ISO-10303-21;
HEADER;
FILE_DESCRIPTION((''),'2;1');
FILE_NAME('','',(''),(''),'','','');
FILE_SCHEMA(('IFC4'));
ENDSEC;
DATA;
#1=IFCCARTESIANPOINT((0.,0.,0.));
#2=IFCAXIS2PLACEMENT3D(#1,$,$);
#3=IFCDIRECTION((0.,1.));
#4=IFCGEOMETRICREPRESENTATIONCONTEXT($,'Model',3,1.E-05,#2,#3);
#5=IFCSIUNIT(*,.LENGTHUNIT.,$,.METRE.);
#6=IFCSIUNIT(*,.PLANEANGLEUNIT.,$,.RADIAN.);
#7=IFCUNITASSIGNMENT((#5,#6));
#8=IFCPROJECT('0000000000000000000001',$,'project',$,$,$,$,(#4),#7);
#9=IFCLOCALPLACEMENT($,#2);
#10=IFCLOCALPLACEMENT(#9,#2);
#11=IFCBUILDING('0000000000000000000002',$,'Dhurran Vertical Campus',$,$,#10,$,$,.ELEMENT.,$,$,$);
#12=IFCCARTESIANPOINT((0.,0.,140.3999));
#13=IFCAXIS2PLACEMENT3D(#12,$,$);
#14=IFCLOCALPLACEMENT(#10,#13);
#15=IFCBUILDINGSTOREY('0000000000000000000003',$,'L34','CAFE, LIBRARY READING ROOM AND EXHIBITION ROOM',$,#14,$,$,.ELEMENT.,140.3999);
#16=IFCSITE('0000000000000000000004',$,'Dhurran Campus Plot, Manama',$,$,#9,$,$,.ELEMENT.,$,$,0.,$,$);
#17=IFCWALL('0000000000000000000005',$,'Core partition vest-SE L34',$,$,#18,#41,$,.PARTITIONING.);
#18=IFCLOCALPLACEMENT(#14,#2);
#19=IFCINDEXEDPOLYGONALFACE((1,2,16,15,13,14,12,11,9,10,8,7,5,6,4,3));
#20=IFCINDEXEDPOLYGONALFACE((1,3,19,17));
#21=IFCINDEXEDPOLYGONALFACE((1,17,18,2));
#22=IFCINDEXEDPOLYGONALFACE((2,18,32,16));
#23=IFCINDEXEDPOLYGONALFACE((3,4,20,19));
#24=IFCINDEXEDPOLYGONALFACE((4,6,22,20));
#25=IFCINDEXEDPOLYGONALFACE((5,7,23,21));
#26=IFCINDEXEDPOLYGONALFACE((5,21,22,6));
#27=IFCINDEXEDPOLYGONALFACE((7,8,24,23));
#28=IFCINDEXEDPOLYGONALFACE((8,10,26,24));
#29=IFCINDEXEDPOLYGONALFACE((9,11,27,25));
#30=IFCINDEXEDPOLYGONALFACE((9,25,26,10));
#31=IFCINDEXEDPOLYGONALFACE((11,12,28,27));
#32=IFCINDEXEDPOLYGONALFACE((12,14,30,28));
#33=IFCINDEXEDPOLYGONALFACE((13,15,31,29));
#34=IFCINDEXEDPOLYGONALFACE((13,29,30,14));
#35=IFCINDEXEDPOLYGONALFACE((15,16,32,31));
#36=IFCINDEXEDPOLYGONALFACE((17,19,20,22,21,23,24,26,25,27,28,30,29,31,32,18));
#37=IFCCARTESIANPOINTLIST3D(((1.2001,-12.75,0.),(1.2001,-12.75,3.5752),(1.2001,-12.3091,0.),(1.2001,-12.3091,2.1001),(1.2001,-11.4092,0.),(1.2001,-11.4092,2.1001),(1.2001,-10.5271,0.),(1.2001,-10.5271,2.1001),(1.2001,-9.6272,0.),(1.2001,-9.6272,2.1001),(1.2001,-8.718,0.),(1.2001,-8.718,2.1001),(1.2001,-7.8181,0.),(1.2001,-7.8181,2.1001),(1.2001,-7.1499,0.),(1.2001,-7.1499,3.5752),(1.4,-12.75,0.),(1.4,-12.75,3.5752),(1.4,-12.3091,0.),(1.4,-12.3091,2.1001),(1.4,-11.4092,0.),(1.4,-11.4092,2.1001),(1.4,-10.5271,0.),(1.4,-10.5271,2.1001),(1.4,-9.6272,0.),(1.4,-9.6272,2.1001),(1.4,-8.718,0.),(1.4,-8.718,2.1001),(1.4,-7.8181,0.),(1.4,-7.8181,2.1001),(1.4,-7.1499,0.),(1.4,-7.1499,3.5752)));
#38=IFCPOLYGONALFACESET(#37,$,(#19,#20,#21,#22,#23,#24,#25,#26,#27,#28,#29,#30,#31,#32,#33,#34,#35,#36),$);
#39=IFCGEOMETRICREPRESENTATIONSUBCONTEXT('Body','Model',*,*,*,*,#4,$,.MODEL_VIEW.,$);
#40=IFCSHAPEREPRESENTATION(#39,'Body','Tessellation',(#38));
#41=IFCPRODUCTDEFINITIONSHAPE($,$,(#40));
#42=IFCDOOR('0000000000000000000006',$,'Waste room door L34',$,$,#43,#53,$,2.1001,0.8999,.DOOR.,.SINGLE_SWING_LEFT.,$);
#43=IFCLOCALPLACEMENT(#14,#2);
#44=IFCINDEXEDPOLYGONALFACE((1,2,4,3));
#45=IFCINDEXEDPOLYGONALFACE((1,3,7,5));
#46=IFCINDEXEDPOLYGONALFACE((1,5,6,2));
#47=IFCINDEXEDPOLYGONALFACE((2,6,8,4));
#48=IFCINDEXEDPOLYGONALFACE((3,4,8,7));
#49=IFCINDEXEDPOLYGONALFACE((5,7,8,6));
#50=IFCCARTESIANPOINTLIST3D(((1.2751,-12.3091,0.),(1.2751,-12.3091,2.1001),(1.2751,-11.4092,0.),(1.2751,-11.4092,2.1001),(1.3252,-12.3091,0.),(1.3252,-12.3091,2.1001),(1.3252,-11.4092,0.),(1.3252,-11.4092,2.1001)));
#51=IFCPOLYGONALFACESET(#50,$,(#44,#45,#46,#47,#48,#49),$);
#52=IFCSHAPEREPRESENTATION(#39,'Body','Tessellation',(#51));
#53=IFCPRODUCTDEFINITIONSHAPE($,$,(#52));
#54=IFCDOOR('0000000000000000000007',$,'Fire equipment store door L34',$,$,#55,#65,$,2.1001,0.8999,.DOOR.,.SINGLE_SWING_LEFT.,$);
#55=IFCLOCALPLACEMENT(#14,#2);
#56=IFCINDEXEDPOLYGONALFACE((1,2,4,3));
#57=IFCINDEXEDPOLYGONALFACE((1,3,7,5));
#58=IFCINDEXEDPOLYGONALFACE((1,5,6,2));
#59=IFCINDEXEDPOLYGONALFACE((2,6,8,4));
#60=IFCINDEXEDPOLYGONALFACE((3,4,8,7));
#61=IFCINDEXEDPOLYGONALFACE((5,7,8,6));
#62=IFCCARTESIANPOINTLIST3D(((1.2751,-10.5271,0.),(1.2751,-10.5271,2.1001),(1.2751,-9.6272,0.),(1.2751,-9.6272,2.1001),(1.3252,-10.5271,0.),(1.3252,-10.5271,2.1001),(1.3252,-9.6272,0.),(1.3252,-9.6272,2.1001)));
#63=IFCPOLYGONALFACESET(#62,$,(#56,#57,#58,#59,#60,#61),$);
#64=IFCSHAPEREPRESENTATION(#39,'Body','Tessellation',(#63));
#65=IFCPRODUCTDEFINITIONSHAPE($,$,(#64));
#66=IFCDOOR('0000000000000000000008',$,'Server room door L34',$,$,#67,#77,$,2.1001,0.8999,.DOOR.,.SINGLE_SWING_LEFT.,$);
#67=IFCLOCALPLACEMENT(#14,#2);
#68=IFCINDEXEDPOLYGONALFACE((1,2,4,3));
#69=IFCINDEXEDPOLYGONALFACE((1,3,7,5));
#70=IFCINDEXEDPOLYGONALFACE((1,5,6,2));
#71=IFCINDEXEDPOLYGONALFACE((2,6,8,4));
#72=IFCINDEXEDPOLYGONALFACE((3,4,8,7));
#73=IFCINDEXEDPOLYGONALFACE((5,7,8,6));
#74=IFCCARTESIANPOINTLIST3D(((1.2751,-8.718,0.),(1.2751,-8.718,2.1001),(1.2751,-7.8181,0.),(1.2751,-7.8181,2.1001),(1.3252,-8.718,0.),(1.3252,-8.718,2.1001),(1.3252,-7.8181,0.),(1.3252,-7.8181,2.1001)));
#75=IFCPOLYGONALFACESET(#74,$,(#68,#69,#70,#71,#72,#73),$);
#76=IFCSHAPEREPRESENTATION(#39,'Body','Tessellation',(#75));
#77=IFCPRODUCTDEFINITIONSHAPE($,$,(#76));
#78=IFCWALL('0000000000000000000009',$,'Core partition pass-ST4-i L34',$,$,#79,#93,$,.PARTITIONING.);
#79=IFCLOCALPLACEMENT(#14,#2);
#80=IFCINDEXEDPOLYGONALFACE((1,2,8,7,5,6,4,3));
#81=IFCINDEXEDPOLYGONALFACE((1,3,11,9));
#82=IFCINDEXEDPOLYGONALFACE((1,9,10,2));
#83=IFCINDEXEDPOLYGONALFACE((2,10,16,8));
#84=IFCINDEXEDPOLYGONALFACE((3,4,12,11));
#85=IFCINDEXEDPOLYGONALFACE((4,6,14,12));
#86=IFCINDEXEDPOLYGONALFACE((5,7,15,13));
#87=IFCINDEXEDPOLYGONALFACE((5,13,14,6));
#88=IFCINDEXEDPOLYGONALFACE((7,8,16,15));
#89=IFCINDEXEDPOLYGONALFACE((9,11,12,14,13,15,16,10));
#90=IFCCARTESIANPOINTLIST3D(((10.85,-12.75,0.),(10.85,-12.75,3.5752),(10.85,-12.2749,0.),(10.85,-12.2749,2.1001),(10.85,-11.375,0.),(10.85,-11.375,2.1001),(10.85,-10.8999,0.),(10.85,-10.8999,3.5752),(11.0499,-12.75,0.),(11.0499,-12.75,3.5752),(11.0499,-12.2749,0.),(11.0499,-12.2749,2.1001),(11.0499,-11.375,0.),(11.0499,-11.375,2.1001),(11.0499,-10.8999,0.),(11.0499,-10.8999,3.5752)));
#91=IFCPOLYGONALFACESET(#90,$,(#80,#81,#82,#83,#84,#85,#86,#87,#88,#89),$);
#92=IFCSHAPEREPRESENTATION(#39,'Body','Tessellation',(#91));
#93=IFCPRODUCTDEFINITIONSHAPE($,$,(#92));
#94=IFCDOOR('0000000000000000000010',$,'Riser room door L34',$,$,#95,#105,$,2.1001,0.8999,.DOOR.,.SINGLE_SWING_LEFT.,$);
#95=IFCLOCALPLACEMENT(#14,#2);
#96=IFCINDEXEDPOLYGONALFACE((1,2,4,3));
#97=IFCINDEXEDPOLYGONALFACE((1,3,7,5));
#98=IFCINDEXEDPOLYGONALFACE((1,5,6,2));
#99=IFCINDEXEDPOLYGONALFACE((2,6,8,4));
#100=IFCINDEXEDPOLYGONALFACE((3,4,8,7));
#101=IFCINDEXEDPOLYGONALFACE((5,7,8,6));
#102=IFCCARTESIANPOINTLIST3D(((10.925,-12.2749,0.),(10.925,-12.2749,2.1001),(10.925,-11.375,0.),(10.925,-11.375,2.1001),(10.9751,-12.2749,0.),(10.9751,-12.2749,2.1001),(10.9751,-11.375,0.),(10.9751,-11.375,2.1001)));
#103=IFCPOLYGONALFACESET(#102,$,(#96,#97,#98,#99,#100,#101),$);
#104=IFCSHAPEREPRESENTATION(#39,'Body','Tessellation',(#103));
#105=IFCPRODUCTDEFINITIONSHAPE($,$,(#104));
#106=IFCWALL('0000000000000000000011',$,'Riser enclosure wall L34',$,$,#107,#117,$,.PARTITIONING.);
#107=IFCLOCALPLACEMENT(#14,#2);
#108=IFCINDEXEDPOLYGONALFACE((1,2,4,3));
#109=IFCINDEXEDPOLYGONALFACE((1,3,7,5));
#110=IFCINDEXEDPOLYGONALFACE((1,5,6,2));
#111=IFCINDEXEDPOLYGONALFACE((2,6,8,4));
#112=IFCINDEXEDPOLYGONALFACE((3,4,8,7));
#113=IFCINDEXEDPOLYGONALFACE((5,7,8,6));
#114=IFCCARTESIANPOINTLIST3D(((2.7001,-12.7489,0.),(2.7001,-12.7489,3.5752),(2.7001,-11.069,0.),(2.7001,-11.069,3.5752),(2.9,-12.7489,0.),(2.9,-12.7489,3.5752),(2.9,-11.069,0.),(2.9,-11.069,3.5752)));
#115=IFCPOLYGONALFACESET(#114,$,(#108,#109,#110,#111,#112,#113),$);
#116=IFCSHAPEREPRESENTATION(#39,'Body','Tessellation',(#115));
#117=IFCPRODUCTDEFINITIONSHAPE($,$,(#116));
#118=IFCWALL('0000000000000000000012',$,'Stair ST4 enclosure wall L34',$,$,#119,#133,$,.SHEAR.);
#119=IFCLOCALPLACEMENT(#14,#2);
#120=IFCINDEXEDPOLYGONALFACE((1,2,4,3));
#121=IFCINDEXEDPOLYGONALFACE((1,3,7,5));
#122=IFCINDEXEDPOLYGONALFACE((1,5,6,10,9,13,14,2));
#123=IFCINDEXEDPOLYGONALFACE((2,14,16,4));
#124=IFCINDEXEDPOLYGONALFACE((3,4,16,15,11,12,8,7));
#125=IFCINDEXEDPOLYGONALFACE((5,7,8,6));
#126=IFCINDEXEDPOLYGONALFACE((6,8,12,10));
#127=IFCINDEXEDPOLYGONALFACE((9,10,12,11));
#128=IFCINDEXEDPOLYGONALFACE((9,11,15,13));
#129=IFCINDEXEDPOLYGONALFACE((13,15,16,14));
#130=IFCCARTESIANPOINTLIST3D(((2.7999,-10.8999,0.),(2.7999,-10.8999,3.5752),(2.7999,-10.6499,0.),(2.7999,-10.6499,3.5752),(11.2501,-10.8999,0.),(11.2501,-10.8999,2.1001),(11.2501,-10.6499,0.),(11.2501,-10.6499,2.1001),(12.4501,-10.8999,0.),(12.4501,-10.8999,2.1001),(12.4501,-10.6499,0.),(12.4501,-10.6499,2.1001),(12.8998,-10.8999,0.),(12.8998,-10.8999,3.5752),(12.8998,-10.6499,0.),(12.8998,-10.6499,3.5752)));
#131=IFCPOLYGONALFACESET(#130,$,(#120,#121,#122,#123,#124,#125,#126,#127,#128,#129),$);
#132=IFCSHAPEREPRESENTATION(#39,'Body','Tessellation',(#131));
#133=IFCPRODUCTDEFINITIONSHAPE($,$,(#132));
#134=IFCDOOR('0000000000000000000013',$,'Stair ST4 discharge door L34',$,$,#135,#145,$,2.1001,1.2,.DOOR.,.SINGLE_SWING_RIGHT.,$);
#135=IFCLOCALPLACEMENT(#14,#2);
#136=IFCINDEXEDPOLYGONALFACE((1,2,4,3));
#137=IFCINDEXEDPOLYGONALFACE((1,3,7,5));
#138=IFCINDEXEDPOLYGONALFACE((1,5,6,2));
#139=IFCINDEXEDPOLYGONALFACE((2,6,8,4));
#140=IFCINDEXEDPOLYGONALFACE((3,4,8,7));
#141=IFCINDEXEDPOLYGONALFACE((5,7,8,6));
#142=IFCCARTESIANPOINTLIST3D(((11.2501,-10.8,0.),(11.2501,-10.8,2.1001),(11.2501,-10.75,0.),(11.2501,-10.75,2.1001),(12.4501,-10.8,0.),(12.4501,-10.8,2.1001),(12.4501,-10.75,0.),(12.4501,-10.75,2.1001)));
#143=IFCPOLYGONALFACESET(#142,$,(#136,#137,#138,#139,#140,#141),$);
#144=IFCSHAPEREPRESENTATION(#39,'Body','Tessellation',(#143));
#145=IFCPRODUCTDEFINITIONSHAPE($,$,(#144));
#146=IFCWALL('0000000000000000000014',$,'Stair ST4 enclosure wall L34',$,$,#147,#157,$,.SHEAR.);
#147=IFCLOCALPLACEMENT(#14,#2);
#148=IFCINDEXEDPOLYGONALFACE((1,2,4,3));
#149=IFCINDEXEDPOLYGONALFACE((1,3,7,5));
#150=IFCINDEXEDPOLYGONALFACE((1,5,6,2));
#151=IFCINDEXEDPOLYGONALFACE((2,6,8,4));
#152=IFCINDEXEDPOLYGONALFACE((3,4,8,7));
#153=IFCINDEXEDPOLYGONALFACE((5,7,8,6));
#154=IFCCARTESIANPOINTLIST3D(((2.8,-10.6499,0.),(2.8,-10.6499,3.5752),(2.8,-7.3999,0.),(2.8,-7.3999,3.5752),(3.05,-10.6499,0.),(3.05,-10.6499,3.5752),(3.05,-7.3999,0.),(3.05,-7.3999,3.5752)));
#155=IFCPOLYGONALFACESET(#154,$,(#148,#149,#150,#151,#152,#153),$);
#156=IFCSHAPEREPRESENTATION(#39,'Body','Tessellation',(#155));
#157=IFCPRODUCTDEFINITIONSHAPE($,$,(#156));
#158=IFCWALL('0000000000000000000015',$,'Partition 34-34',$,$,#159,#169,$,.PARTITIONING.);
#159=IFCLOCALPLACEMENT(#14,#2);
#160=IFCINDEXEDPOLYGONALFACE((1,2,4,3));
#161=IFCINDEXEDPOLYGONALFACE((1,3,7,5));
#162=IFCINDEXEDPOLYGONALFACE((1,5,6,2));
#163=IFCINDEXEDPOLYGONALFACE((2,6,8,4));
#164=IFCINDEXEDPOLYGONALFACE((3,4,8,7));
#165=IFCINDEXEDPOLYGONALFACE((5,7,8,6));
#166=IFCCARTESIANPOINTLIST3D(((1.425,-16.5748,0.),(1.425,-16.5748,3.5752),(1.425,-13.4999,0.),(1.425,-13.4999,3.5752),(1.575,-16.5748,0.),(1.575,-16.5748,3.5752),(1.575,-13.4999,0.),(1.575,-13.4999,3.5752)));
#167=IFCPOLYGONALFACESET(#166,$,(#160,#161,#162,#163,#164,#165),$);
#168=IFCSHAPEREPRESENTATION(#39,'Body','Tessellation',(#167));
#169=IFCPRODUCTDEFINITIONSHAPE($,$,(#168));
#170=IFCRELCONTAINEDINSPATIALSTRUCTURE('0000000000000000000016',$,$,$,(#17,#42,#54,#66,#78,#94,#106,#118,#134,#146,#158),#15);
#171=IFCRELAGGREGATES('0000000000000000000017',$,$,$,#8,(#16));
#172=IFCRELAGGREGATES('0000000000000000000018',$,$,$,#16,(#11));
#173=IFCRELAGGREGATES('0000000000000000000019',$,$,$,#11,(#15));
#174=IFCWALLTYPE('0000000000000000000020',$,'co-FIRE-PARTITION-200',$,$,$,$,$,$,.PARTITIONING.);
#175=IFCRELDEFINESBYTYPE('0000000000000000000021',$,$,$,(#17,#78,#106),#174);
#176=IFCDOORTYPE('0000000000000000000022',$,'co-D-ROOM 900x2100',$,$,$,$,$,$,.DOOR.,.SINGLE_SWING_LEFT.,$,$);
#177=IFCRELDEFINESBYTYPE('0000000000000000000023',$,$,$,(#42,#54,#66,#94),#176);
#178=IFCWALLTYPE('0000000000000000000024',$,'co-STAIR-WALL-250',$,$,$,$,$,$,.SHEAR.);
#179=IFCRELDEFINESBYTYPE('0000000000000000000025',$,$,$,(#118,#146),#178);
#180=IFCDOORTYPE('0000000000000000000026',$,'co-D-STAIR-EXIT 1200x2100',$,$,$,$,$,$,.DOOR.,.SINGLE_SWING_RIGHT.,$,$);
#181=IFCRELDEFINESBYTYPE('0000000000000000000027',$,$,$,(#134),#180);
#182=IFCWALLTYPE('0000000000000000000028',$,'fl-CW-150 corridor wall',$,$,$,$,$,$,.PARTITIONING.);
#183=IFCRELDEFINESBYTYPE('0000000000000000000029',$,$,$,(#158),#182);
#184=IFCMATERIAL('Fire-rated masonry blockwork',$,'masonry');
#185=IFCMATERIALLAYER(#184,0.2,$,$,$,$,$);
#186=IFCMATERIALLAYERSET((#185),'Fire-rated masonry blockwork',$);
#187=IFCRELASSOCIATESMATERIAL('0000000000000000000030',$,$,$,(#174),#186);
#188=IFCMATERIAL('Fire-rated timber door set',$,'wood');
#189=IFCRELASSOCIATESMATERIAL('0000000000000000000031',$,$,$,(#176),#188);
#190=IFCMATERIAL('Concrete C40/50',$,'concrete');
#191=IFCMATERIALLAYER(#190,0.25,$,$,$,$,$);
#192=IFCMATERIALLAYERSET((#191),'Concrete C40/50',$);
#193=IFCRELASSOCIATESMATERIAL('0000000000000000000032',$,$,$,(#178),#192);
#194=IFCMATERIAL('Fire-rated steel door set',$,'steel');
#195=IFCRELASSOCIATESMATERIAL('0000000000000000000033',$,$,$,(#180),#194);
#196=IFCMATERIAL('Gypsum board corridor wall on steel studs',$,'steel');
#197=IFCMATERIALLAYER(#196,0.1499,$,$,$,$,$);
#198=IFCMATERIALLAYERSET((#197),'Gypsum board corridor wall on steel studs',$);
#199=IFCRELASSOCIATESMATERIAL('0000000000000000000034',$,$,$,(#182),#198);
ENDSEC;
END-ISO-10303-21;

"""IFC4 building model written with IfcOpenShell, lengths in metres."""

from ifc_helpers import new_model, si_unit, direction, frame, frame_2d, origin, place, context, subcontext, project, spatial, rectangle, extrude, material, layer, layer_set, type_object, element, fill, save


model = new_model("IFC4")

# Units and contexts
model_context = context("Model", 3, precision=1e-05, world=origin(), true_north=direction((0.0, 1.0)))
body_context = subcontext(model_context, "Body", "Model", "MODEL_VIEW")
ifc_project = project(units=[si_unit("LENGTHUNIT", "METRE"), si_unit("PLANEANGLEUNIT", "RADIAN")], contexts=[model_context])

# Site, building, storey
site_placement = place(None, origin())
site = spatial("IfcSite", under=ifc_project, at=site_placement, Name="Dhurran Campus Plot, Manama", CompositionType="ELEMENT", RefElevation=0.0)
building_placement = place(site_placement, origin())
building = spatial("IfcBuilding", under=site, at=building_placement, Name="Dhurran Vertical Campus", CompositionType="ELEMENT")
storey_placement = place(building_placement, frame((0.0, 0.0, 140.3999)))
storey = spatial("IfcBuildingStorey", under=building, at=storey_placement, Name="L34", Description="CAFE, LIBRARY READING ROOM AND EXHIBITION ROOM", CompositionType="ELEMENT", Elevation=140.3999)

# Shared definitions
ifc_material_1 = material(Name="Fire-rated masonry blockwork", Category="masonry")
ifc_layer_1 = layer(ifc_material_1, 0.2)
ifc_layer_set_1 = layer_set([ifc_layer_1], Name="Fire-rated masonry blockwork")
wall_type_1 = type_object("IfcWallType", Name="co-FIRE-PARTITION-200", PredefinedType="PARTITIONING", material=ifc_layer_set_1)

# Wall, openings, doors
wall_1_placement = place(storey_placement, frame((1.3, -12.75, 0.0), z_axis=(0.0, 0.0, 1.0), x_axis=(0.0, 1.0, 0.0)))
wall_1 = element("IfcWall", 1, at=wall_1_placement, inside=storey, type_object=wall_type_1, Name="Core partition vest-SE L34", PredefinedType="PARTITIONING", context=body_context, shape_type="SweptSolid", body=[
    extrude(rectangle(XDim=5.6001, YDim=0.2, at=frame_2d((2.8, 0.0))), origin(), (0.0, 0.0, 1.0), 3.5752),
])
opening_1_placement = place(wall_1_placement, frame((0.4409, 0.0, 0.0)))
opening_1 = element("IfcOpeningElement", 2, at=opening_1_placement, cuts=wall_1, PredefinedType="OPENING", context=body_context, shape_type="SweptSolid", body=[
    extrude(rectangle(XDim=0.8999, YDim=2.1001, at=frame_2d((0.45, 1.05))), frame((0.0, 0.1099, 0.0), z_axis=(0.0, -1.0, 0.0), x_axis=(1.0, 0.0, 0.0)), (0.0, 0.0, 1.0), 0.22),
])
opening_2_placement = place(wall_1_placement, frame((2.2229, 0.0, 0.0)))
opening_2 = element("IfcOpeningElement", 3, at=opening_2_placement, cuts=wall_1, PredefinedType="OPENING", context=body_context, shape_type="SweptSolid", body=[
    extrude(rectangle(XDim=0.8999, YDim=2.1001, at=frame_2d((0.45, 1.05))), frame((0.0, 0.1099, 0.0), z_axis=(0.0, -1.0, 0.0), x_axis=(1.0, 0.0, 0.0)), (0.0, 0.0, 1.0), 0.22),
])
opening_3_placement = place(wall_1_placement, frame((4.032, 0.0, 0.0)))
opening_3 = element("IfcOpeningElement", 4, at=opening_3_placement, cuts=wall_1, PredefinedType="OPENING", context=body_context, shape_type="SweptSolid", body=[
    extrude(rectangle(XDim=0.8999, YDim=2.1001, at=frame_2d((0.45, 1.05))), frame((0.0, 0.1099, 0.0), z_axis=(0.0, -1.0, 0.0), x_axis=(1.0, 0.0, 0.0)), (0.0, 0.0, 1.0), 0.22),
])
ifc_material_2 = material(Name="Fire-rated timber door set", Category="wood")
door_type_1 = type_object("IfcDoorType", Name="co-D-ROOM 900x2100", OperationType="SINGLE_SWING_LEFT", PredefinedType="DOOR", material=ifc_material_2)
door_1_placement = place(opening_1_placement, origin())
door_1 = element("IfcDoor", 5, at=door_1_placement, inside=storey, type_object=door_type_1, Name="Waste room door L34", OperationType="SINGLE_SWING_LEFT", OverallHeight=2.1001, OverallWidth=0.8999, PredefinedType="DOOR", context=body_context, shape_type="SweptSolid", body=[
    extrude(rectangle(XDim=0.8999, YDim=2.1001, at=frame_2d((0.45, 1.05))), frame((0.0, 0.0249, 0.0), z_axis=(0.0, -1.0, 0.0), x_axis=(1.0, 0.0, 0.0)), (0.0, 0.0, 1.0), 0.05),
])
fill(opening_1, door_1)
door_2_placement = place(opening_2_placement, origin())
door_2 = element("IfcDoor", 6, at=door_2_placement, inside=storey, type_object=door_type_1, Name="Fire equipment store door L34", OperationType="SINGLE_SWING_LEFT", OverallHeight=2.1001, OverallWidth=0.8999, PredefinedType="DOOR", context=body_context, shape_type="SweptSolid", body=[
    extrude(rectangle(XDim=0.8999, YDim=2.1001, at=frame_2d((0.45, 1.05))), frame((0.0, 0.0249, 0.0), z_axis=(0.0, -1.0, 0.0), x_axis=(1.0, 0.0, 0.0)), (0.0, 0.0, 1.0), 0.05),
])
fill(opening_2, door_2)
door_3_placement = place(opening_3_placement, origin())
door_3 = element("IfcDoor", 7, at=door_3_placement, inside=storey, type_object=door_type_1, Name="Server room door L34", OperationType="SINGLE_SWING_LEFT", OverallHeight=2.1001, OverallWidth=0.8999, PredefinedType="DOOR", context=body_context, shape_type="SweptSolid", body=[
    extrude(rectangle(XDim=0.8999, YDim=2.1001, at=frame_2d((0.45, 1.05))), frame((0.0, 0.0249, 0.0), z_axis=(0.0, -1.0, 0.0), x_axis=(1.0, 0.0, 0.0)), (0.0, 0.0, 1.0), 0.05),
])
fill(opening_3, door_3)

# Wall, opening, door
wall_2_placement = place(storey_placement, frame((10.95, -12.75, 0.0), z_axis=(0.0, 0.0, 1.0), x_axis=(0.0, 1.0, 0.0)))
wall_2 = element("IfcWall", 8, at=wall_2_placement, inside=storey, type_object=wall_type_1, Name="Core partition pass-ST4-i L34", PredefinedType="PARTITIONING", context=body_context, shape_type="SweptSolid", body=[
    extrude(rectangle(XDim=1.8501, YDim=0.2, at=frame_2d((0.925, 0.0))), origin(), (0.0, 0.0, 1.0), 3.5752),
])
opening_4_placement = place(wall_2_placement, frame((0.4751, 0.0, 0.0)))
opening_4 = element("IfcOpeningElement", 9, at=opening_4_placement, cuts=wall_2, PredefinedType="OPENING", context=body_context, shape_type="SweptSolid", body=[
    extrude(rectangle(XDim=0.8999, YDim=2.1001, at=frame_2d((0.45, 1.05))), frame((0.0, 0.1099, 0.0), z_axis=(0.0, -1.0, 0.0), x_axis=(1.0, 0.0, 0.0)), (0.0, 0.0, 1.0), 0.22),
])
door_4_placement = place(opening_4_placement, origin())
door_4 = element("IfcDoor", 10, at=door_4_placement, inside=storey, type_object=door_type_1, Name="Riser room door L34", OperationType="SINGLE_SWING_LEFT", OverallHeight=2.1001, OverallWidth=0.8999, PredefinedType="DOOR", context=body_context, shape_type="SweptSolid", body=[
    extrude(rectangle(XDim=0.8999, YDim=2.1001, at=frame_2d((0.45, 1.05))), frame((0.0, 0.0249, 0.0), z_axis=(0.0, -1.0, 0.0), x_axis=(1.0, 0.0, 0.0)), (0.0, 0.0, 1.0), 0.05),
])
fill(opening_4, door_4)

# Wall
wall_3_placement = place(storey_placement, frame((2.8, -11.0691, 0.0), z_axis=(0.0, 0.0, 1.0), x_axis=(0.0, -1.0, 0.0)))
element("IfcWall", 11, at=wall_3_placement, inside=storey, type_object=wall_type_1, Name="Riser enclosure wall L34", PredefinedType="PARTITIONING", context=body_context, shape_type="SweptSolid", body=[
    extrude(rectangle(XDim=1.6799, YDim=0.2, at=frame_2d((0.8398, 0.0))), origin(), (0.0, 0.0, 1.0), 3.5752),
])

# Wall, opening, door
ifc_material_3 = material(Name="Concrete C40/50", Category="concrete")
ifc_layer_2 = layer(ifc_material_3, 0.25)
ifc_layer_set_2 = layer_set([ifc_layer_2], Name="Concrete C40/50")
wall_type_2 = type_object("IfcWallType", Name="co-STAIR-WALL-250", PredefinedType="SHEAR", material=ifc_layer_set_2)
wall_4_placement = place(storey_placement, frame((2.8, -10.7749, 0.0), z_axis=(0.0, 0.0, 1.0), x_axis=(1.0, 0.0, 0.0)))
wall_4 = element("IfcWall", 12, at=wall_4_placement, inside=storey, type_object=wall_type_2, Name="Stair ST4 enclosure wall L34", PredefinedType="SHEAR", context=body_context, shape_type="SweptSolid", body=[
    extrude(rectangle(XDim=10.0999, YDim=0.25, at=frame_2d((5.0498, 0.0))), origin(), (0.0, 0.0, 1.0), 3.5752),
])
opening_5_placement = place(wall_4_placement, frame((8.45, 0.0, 0.0)))
opening_5 = element("IfcOpeningElement", 13, at=opening_5_placement, cuts=wall_4, PredefinedType="OPENING", context=body_context, shape_type="SweptSolid", body=[
    extrude(rectangle(XDim=1.2, YDim=2.1001, at=frame_2d((0.6001, 1.05))), frame((0.0, 0.135, 0.0), z_axis=(0.0, -1.0, 0.0), x_axis=(1.0, 0.0, 0.0)), (0.0, 0.0, 1.0), 0.27),
])
ifc_material_4 = material(Name="Fire-rated steel door set", Category="steel")
door_type_2 = type_object("IfcDoorType", Name="co-D-STAIR-EXIT 1200x2100", OperationType="SINGLE_SWING_RIGHT", PredefinedType="DOOR", material=ifc_material_4)
door_5_placement = place(opening_5_placement, origin())
door_5 = element("IfcDoor", 14, at=door_5_placement, inside=storey, type_object=door_type_2, Name="Stair ST4 discharge door L34", OperationType="SINGLE_SWING_RIGHT", OverallHeight=2.1001, OverallWidth=1.2, PredefinedType="DOOR", context=body_context, shape_type="SweptSolid", body=[
    extrude(rectangle(XDim=1.2, YDim=2.1001, at=frame_2d((0.6001, 1.05))), frame((0.0, 0.0249, 0.0), z_axis=(0.0, -1.0, 0.0), x_axis=(1.0, 0.0, 0.0)), (0.0, 0.0, 1.0), 0.05),
])
fill(opening_5, door_5)

# Walls
wall_5_placement = place(storey_placement, frame((2.925, -10.6499, 0.0), z_axis=(0.0, 0.0, 1.0), x_axis=(0.0, 1.0, 0.0)))
element("IfcWall", 15, at=wall_5_placement, inside=storey, type_object=wall_type_2, Name="Stair ST4 enclosure wall L34", PredefinedType="SHEAR", context=body_context, shape_type="SweptSolid", body=[
    extrude(rectangle(XDim=3.25, YDim=0.25, at=frame_2d((1.625, 0.0))), origin(), (0.0, 0.0, 1.0), 3.5752),
])
ifc_material_5 = material(Name="Gypsum board corridor wall on steel studs", Category="steel")
ifc_layer_3 = layer(ifc_material_5, 0.1499)
ifc_layer_set_3 = layer_set([ifc_layer_3], Name="Gypsum board corridor wall on steel studs")
wall_type_3 = type_object("IfcWallType", Name="fl-CW-150 corridor wall", PredefinedType="PARTITIONING", material=ifc_layer_set_3)
wall_6_placement = place(storey_placement, frame((1.5, -16.575, 0.0), z_axis=(0.0, 0.0, 1.0), x_axis=(0.0, 1.0, 0.0)))
element("IfcWall", 16, at=wall_6_placement, inside=storey, type_object=wall_type_3, Name="Partition 34-34", PredefinedType="PARTITIONING", context=body_context, shape_type="SweptSolid", body=[
    extrude(rectangle(XDim=3.075, YDim=0.1499, at=frame_2d((1.5376, 0.0))), origin(), (0.0, 0.0, 1.0), 3.5752),
])

save(model, "model.ifc")
